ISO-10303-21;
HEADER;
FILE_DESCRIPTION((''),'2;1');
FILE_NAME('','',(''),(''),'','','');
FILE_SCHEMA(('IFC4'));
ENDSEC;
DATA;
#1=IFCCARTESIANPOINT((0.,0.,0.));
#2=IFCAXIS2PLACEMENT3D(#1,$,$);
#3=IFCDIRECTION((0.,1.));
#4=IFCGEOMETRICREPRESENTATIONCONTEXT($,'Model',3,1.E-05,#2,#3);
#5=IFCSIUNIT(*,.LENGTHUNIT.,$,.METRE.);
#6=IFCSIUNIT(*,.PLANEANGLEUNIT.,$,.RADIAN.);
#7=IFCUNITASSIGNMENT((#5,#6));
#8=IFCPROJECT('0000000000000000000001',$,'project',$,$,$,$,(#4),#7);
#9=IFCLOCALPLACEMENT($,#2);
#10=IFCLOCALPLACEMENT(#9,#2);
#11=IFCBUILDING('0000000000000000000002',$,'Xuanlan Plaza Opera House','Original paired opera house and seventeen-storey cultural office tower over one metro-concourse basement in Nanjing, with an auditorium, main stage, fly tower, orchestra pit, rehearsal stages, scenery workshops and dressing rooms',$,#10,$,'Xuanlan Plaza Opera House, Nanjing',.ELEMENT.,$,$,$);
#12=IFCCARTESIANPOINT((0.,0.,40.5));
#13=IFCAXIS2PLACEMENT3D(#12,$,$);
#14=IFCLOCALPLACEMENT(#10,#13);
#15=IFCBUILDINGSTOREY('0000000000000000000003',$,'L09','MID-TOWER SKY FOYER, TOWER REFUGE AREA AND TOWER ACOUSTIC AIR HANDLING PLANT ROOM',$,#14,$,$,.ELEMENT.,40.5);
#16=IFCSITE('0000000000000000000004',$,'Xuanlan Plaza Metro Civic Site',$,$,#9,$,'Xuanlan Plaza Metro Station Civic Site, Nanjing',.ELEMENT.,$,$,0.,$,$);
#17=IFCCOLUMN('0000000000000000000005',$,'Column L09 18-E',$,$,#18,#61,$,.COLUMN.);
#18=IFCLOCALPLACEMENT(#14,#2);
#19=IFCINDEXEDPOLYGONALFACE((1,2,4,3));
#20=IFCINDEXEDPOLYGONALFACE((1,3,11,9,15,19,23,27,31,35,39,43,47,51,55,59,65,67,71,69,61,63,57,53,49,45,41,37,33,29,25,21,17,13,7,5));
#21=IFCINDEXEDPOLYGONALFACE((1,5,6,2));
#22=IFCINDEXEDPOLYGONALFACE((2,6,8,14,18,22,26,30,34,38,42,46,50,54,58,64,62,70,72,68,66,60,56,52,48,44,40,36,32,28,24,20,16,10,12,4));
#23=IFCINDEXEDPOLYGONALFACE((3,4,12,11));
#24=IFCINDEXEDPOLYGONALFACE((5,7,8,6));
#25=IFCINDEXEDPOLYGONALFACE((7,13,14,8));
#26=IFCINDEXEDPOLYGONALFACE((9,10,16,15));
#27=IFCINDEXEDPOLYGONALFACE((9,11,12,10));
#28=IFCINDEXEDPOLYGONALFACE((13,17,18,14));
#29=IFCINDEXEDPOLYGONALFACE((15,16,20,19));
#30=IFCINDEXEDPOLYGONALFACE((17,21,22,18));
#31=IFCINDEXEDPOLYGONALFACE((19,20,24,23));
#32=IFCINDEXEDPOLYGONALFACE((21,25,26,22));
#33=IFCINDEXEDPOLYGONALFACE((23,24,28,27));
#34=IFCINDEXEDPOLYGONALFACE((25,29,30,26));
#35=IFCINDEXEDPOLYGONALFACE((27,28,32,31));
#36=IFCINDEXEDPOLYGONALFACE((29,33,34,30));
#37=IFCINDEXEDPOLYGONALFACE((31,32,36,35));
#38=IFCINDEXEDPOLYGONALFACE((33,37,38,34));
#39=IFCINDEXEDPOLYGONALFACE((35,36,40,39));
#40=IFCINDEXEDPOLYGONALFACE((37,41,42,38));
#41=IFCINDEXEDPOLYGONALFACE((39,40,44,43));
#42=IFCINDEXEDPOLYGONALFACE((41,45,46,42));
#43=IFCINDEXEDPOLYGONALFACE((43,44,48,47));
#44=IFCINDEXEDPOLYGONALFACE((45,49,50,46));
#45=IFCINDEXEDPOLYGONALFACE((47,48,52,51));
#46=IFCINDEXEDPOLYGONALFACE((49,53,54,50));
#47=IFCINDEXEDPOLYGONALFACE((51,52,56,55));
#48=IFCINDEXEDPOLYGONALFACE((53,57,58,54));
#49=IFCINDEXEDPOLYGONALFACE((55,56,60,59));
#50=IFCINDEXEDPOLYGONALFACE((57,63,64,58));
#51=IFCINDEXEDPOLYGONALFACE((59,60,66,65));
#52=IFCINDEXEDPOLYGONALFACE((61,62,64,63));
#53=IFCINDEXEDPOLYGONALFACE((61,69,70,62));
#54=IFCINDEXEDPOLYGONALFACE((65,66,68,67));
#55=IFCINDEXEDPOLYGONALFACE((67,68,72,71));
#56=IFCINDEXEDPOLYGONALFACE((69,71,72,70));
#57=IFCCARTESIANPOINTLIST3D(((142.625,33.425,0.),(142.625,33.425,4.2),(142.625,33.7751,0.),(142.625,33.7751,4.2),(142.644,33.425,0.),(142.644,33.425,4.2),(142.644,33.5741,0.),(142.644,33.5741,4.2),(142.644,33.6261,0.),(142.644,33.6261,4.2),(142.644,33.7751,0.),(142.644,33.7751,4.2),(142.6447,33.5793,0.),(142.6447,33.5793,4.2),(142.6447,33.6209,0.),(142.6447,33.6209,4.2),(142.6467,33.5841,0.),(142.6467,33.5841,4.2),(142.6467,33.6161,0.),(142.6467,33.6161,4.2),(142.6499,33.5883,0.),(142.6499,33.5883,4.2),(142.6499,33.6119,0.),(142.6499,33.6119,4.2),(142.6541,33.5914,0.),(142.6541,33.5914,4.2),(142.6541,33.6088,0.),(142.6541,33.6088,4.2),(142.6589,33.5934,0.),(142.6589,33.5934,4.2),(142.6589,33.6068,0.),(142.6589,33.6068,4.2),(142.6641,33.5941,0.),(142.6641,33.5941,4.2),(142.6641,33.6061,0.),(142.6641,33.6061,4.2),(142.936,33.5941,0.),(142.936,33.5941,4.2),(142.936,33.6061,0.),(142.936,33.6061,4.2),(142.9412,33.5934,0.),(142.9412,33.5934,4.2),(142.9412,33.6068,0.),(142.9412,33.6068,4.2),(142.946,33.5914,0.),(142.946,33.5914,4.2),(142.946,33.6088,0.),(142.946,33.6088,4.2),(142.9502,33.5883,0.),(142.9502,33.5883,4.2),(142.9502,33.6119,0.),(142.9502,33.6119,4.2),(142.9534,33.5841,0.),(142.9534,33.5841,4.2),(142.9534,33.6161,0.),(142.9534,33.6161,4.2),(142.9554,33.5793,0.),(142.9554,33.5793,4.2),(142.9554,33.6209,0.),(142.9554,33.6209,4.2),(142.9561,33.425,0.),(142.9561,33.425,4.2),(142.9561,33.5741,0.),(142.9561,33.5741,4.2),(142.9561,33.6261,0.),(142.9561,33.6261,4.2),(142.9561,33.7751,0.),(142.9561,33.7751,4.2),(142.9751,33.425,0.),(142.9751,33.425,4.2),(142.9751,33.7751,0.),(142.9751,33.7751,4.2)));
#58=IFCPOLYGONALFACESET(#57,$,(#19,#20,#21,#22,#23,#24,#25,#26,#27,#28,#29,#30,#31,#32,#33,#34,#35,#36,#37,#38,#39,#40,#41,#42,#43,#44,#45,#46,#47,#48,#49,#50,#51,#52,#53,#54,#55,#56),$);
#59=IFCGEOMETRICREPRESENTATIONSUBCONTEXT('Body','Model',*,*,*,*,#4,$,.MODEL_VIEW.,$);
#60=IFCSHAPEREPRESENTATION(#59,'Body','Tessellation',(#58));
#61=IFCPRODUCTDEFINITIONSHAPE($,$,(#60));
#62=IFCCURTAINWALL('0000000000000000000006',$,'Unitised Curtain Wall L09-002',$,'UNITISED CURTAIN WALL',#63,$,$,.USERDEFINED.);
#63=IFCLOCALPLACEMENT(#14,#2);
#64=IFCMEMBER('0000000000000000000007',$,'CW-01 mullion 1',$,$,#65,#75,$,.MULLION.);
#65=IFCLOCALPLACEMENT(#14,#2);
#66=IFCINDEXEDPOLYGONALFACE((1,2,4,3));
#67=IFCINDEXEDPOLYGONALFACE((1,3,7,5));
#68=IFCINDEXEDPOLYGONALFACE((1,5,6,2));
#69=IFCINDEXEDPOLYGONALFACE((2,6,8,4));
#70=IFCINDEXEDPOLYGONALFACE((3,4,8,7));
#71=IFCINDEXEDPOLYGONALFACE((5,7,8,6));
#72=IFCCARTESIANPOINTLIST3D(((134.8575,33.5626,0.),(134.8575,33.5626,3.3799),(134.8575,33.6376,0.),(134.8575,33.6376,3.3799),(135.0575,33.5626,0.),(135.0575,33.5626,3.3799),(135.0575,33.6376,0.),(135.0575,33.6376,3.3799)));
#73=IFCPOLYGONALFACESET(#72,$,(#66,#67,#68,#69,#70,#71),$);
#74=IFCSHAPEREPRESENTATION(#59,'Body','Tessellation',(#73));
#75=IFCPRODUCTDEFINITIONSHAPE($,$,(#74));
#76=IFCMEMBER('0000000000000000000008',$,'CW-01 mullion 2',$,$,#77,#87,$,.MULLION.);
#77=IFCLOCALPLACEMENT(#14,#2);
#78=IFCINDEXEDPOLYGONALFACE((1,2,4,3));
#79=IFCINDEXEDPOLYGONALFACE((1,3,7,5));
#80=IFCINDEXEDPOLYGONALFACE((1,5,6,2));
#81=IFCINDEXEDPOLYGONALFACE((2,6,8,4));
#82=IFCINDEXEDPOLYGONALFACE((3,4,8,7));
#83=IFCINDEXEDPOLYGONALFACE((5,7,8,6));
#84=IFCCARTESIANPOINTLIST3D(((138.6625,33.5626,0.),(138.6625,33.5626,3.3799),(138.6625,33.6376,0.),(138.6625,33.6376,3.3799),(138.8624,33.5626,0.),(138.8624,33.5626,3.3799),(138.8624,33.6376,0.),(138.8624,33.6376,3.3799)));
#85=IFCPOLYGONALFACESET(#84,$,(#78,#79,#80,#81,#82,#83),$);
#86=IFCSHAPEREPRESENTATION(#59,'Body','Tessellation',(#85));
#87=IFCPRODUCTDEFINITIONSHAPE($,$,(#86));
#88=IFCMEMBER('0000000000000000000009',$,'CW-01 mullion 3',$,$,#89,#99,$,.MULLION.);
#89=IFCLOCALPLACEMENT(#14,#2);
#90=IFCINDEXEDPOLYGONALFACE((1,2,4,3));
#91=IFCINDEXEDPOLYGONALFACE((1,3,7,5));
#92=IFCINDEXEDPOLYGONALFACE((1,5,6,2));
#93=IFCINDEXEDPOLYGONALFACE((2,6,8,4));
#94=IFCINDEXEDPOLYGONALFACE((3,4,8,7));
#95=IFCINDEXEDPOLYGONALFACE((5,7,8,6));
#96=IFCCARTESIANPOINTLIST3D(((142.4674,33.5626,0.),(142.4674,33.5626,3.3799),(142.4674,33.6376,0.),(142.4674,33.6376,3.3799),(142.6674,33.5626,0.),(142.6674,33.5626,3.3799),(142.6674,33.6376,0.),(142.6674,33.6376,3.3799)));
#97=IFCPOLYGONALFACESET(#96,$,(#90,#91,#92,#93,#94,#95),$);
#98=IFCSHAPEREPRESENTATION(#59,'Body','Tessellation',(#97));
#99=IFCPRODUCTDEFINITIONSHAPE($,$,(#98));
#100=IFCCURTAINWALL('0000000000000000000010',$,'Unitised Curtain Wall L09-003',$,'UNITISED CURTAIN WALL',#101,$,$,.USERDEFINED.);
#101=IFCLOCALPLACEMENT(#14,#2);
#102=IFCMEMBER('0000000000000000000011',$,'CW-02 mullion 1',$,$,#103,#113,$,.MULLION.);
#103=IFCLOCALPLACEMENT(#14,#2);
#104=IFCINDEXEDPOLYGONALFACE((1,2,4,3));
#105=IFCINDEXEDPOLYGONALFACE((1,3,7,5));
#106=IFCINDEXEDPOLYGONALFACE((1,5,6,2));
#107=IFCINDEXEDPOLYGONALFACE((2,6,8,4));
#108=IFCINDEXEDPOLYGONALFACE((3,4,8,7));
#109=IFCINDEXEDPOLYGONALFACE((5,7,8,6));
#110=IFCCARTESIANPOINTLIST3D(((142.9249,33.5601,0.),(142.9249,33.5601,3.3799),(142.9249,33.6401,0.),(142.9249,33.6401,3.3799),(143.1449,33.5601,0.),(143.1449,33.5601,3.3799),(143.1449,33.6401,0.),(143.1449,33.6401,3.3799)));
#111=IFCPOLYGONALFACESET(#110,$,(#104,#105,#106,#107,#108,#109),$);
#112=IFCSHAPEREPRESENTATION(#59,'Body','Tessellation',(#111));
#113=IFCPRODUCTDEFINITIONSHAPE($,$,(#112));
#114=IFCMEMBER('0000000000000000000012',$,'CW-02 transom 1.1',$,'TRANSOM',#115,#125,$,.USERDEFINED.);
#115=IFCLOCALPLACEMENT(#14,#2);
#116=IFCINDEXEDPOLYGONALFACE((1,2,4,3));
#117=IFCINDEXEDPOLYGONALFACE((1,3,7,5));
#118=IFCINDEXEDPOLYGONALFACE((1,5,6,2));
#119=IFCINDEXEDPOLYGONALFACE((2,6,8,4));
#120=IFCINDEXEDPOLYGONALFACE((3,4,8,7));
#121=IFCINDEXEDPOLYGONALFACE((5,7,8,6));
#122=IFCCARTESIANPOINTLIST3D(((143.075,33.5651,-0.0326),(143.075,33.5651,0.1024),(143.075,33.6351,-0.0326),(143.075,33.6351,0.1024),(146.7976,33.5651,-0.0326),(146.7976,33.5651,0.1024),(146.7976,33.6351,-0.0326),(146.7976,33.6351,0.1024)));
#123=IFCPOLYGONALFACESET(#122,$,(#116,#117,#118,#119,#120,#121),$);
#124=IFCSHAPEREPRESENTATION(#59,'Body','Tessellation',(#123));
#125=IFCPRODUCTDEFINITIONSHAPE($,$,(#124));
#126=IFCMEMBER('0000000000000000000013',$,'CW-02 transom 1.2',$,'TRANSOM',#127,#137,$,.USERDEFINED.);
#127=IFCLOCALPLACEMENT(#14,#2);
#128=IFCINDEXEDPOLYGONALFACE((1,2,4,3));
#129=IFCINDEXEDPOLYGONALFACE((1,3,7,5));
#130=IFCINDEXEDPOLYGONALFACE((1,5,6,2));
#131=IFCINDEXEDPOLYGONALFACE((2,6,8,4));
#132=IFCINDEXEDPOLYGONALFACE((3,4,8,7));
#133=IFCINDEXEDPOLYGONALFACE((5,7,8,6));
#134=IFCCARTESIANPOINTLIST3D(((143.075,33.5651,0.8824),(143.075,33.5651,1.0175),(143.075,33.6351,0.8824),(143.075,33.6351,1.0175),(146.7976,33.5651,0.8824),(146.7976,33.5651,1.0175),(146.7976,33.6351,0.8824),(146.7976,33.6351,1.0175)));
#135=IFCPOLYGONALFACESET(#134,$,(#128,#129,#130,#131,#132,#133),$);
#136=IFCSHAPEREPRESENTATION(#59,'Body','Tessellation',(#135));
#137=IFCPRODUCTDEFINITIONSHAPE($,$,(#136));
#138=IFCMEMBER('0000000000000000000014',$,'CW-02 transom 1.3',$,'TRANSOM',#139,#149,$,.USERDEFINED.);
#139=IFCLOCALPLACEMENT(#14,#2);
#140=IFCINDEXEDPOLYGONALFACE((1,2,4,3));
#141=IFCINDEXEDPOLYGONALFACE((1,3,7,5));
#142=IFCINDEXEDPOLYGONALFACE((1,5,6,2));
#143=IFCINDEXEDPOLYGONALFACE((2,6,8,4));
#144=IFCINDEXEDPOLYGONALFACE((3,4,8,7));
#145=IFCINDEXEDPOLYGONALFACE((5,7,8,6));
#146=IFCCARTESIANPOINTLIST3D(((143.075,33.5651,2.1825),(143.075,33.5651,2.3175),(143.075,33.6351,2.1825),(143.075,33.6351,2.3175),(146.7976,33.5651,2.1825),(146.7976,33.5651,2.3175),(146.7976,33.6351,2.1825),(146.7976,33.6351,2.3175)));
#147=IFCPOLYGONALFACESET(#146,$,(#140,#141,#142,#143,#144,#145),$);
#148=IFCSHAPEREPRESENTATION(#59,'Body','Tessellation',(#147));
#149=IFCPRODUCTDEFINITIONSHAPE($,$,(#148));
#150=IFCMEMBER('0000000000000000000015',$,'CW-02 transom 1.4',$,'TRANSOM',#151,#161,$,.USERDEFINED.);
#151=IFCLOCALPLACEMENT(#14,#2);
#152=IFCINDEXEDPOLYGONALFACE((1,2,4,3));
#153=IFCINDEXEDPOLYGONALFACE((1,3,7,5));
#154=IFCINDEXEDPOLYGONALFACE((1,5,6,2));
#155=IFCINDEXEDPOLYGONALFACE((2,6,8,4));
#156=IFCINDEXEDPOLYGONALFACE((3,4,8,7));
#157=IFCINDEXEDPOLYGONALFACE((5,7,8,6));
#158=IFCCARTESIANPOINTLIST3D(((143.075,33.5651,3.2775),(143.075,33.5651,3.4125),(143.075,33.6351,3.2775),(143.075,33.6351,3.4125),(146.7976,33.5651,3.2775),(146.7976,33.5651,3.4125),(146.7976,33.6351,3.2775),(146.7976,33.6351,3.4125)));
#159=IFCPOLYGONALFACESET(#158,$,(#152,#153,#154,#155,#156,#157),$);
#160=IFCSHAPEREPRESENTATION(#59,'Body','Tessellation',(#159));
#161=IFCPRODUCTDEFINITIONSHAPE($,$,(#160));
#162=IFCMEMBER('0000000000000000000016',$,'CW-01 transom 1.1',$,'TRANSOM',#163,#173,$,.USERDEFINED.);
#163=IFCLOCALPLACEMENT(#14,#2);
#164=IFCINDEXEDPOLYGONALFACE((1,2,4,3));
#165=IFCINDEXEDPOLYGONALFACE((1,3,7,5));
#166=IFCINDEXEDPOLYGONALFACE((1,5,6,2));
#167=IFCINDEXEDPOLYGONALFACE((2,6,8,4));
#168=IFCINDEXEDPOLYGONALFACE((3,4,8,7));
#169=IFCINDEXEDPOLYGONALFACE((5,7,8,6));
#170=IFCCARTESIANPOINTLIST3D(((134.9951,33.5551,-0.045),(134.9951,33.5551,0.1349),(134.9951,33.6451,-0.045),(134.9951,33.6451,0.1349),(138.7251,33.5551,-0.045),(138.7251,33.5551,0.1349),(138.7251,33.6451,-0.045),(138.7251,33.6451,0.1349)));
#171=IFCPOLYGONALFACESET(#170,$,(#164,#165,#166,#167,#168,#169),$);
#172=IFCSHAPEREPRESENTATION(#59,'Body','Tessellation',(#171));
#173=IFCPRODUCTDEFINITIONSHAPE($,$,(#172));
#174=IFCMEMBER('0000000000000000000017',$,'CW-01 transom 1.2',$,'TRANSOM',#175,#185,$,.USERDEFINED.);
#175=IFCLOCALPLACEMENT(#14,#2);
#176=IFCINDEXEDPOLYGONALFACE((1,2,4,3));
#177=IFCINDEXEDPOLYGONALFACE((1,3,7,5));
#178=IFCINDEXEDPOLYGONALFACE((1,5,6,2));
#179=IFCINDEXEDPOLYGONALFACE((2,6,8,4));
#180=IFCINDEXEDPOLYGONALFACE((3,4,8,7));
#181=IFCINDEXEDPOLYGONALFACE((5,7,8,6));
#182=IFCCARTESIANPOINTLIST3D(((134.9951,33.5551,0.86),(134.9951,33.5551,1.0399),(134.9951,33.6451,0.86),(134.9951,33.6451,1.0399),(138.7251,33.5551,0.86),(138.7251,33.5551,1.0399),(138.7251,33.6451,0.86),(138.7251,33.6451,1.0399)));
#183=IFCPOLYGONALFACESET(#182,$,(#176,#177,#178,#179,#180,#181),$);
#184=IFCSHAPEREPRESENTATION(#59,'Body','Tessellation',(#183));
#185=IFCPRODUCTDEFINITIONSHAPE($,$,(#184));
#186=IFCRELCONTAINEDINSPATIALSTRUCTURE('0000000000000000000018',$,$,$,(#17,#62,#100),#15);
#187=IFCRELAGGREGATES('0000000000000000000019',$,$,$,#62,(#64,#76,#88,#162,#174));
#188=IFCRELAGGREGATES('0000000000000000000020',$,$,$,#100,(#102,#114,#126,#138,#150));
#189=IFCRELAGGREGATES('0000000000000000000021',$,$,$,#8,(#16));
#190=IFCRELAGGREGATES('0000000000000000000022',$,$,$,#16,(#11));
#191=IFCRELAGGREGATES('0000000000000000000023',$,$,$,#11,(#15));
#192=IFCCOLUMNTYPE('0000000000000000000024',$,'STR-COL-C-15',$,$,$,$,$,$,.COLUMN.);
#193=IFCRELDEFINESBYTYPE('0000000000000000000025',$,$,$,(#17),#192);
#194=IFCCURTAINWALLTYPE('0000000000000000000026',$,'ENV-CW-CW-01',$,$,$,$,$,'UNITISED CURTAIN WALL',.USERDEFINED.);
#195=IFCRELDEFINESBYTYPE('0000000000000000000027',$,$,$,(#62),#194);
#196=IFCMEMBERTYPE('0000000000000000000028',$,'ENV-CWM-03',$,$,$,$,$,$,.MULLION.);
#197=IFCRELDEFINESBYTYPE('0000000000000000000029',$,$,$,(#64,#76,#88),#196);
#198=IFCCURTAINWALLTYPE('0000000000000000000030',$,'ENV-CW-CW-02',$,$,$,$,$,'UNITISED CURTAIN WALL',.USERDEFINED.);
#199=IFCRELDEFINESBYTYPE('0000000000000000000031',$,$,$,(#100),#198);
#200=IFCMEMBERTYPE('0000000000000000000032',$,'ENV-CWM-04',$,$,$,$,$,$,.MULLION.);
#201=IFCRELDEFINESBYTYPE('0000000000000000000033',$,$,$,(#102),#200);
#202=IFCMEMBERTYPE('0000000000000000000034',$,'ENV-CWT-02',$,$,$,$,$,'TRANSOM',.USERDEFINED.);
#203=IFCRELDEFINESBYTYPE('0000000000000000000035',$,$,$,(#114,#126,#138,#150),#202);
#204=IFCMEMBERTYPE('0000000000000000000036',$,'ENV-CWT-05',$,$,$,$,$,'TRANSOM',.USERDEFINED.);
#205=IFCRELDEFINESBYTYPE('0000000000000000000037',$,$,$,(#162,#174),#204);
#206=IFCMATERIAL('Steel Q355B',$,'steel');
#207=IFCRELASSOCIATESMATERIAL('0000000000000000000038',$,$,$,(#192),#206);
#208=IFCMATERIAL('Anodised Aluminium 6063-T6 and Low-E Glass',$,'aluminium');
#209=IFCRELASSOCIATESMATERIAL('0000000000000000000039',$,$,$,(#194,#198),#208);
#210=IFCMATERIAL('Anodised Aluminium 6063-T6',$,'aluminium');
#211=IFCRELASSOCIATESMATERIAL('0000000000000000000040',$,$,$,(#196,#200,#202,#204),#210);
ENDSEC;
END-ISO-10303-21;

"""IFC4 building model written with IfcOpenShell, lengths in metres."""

from ifc_helpers import new_model, si_unit, direction, frame, origin, origin_2d, place, context, subcontext, project, spatial, rectangle, i_section, extrude, material, material_profile, profile_set, type_object, element, aggregate, save


model = new_model("IFC4")

# Units and contexts
model_context = context("Model", 3, precision=1e-05, world=origin(), true_north=direction((0.0, 1.0)))
body_context = subcontext(model_context, "Body", "Model", "MODEL_VIEW")
ifc_project = project(units=[si_unit("LENGTHUNIT", "METRE"), si_unit("PLANEANGLEUNIT", "RADIAN")], contexts=[model_context])

# Site, building, storey
site_placement = place(None, origin())
site = spatial("IfcSite", under=ifc_project, at=site_placement, Name="Xuanlan Plaza Metro Civic Site", LongName="Xuanlan Plaza Metro Station Civic Site, Nanjing", CompositionType="ELEMENT", RefElevation=0.0)
building_placement = place(site_placement, origin())
building = spatial("IfcBuilding", under=site, at=building_placement, Name="Xuanlan Plaza Opera House", Description="Original paired opera house and seventeen-storey cultural office tower over one metro-concourse basement in Nanjing, with an auditorium, main stage, fly tower, orchestra pit, rehearsal stages, scenery workshops and dressing rooms", LongName="Xuanlan Plaza Opera House, Nanjing", CompositionType="ELEMENT")
storey_placement = place(building_placement, frame((0.0, 0.0, 40.5)))
storey = spatial("IfcBuildingStorey", under=building, at=storey_placement, Name="L09", Description="MID-TOWER SKY FOYER, TOWER REFUGE AREA AND TOWER ACOUSTIC AIR HANDLING PLANT ROOM", CompositionType="ELEMENT", Elevation=40.5)

# Column
ifc_material_1 = material(Name="Steel Q355B", Category="steel")
ifc_material_profile_1 = material_profile(ifc_material_1, i_section(OverallWidth=0.3501, OverallDepth=0.3501, WebThickness=0.012, FlangeThickness=0.019, FilletRadius=0.02, at=origin_2d()), Name="HW 350x350x12x19")
ifc_profile_set_1 = profile_set([ifc_material_profile_1], Name="Steel Q355B")
column_type = type_object("IfcColumnType", Name="STR-COL-C-15", PredefinedType="COLUMN", material=ifc_profile_set_1)
column_placement = place(storey_placement, frame((142.8, 33.6001, 0.0), z_axis=(0.0, 0.0, 1.0), x_axis=(0.0, 1.0, 0.0)))
element("IfcColumn", 1, at=column_placement, inside=storey, type_object=column_type, Name="Column L09 18-E", PredefinedType="COLUMN", context=body_context, shape_type="SweptSolid", body=[
    extrude(i_section(OverallWidth=0.3501, OverallDepth=0.3501, WebThickness=0.012, FlangeThickness=0.019, FilletRadius=0.02, at=origin_2d()), origin(), (0.0, 0.0, 1.0), 4.2),
])

# Curtain walls, members
ifc_material_2 = material(Name="Anodised Aluminium 6063-T6 and Low-E Glass", Category="aluminium")
curtain_wall_type_1 = type_object("IfcCurtainWallType", Name="ENV-CW-CW-01", ElementType="UNITISED CURTAIN WALL", PredefinedType="USERDEFINED", material=ifc_material_2)
curtain_wall_1_placement = place(storey_placement, origin())
curtain_wall_1 = element("IfcCurtainWall", 2, at=curtain_wall_1_placement, inside=storey, type_object=curtain_wall_type_1, Name="Unitised Curtain Wall L09-002", ObjectType="UNITISED CURTAIN WALL", PredefinedType="USERDEFINED")
ifc_material_3 = material(Name="Anodised Aluminium 6063-T6", Category="aluminium")
ifc_material_profile_2 = material_profile(ifc_material_3, rectangle(XDim=0.075, YDim=0.2, at=origin_2d()), Name="ALU-M 75x200")
ifc_profile_set_2 = profile_set([ifc_material_profile_2], Name="Anodised Aluminium 6063-T6")
member_type_1 = type_object("IfcMemberType", Name="ENV-CWM-03", PredefinedType="MULLION", material=ifc_profile_set_2)
member_1_placement = place(storey_placement, frame((134.9575, 33.6001, 0.0), z_axis=(0.0, 0.0, 1.0), x_axis=(0.0, 1.0, 0.0)))
member_1 = element("IfcMember", 3, at=member_1_placement, type_object=member_type_1, Name="CW-01 mullion 1", PredefinedType="MULLION", context=body_context, shape_type="SweptSolid", body=[
    extrude(rectangle(XDim=0.075, YDim=0.2, at=origin_2d()), origin(), (0.0, 0.0, 1.0), 3.3799),
])
member_2_placement = place(storey_placement, frame((138.7625, 33.6001, 0.0), z_axis=(0.0, 0.0, 1.0), x_axis=(0.0, 1.0, 0.0)))
member_2 = element("IfcMember", 4, at=member_2_placement, type_object=member_type_1, Name="CW-01 mullion 2", PredefinedType="MULLION", context=body_context, shape_type="SweptSolid", body=[
    extrude(rectangle(XDim=0.075, YDim=0.2, at=origin_2d()), origin(), (0.0, 0.0, 1.0), 3.3799),
])
member_3_placement = place(storey_placement, frame((142.5674, 33.6001, 0.0), z_axis=(0.0, 0.0, 1.0), x_axis=(0.0, 1.0, 0.0)))
member_3 = element("IfcMember", 5, at=member_3_placement, type_object=member_type_1, Name="CW-01 mullion 3", PredefinedType="MULLION", context=body_context, shape_type="SweptSolid", body=[
    extrude(rectangle(XDim=0.075, YDim=0.2, at=origin_2d()), origin(), (0.0, 0.0, 1.0), 3.3799),
])
curtain_wall_type_2 = type_object("IfcCurtainWallType", Name="ENV-CW-CW-02", ElementType="UNITISED CURTAIN WALL", PredefinedType="USERDEFINED", material=ifc_material_2)
curtain_wall_2_placement = place(storey_placement, origin())
curtain_wall_2 = element("IfcCurtainWall", 6, at=curtain_wall_2_placement, inside=storey, type_object=curtain_wall_type_2, Name="Unitised Curtain Wall L09-003", ObjectType="UNITISED CURTAIN WALL", PredefinedType="USERDEFINED")
ifc_material_profile_3 = material_profile(ifc_material_3, rectangle(XDim=0.0801, YDim=0.22, at=origin_2d()), Name="ALU-M 80x220")
ifc_profile_set_3 = profile_set([ifc_material_profile_3], Name="Anodised Aluminium 6063-T6")
member_type_2 = type_object("IfcMemberType", Name="ENV-CWM-04", PredefinedType="MULLION", material=ifc_profile_set_3)
member_4_placement = place(storey_placement, frame((143.0349, 33.6001, 0.0), z_axis=(0.0, 0.0, 1.0), x_axis=(0.0, 1.0, 0.0)))
member_4 = element("IfcMember", 7, at=member_4_placement, type_object=member_type_2, Name="CW-02 mullion 1", PredefinedType="MULLION", context=body_context, shape_type="SweptSolid", body=[
    extrude(rectangle(XDim=0.0801, YDim=0.22, at=origin_2d()), origin(), (0.0, 0.0, 1.0), 3.3799),
])
ifc_material_profile_4 = material_profile(ifc_material_3, rectangle(XDim=0.0701, YDim=0.135, at=origin_2d()), Name="ALU-T 70x135")
ifc_profile_set_4 = profile_set([ifc_material_profile_4], Name="Anodised Aluminium 6063-T6")
member_type_3 = type_object("IfcMemberType", Name="ENV-CWT-02", ElementType="TRANSOM", PredefinedType="USERDEFINED", material=ifc_profile_set_4)
member_5_placement = place(storey_placement, frame((143.075, 33.6001, 0.0349), z_axis=(1.0, 0.0, 0.0), x_axis=(0.0, 1.0, 0.0)))
member_5 = element("IfcMember", 8, at=member_5_placement, type_object=member_type_3, Name="CW-02 transom 1.1", ObjectType="TRANSOM", PredefinedType="USERDEFINED", context=body_context, shape_type="SweptSolid", body=[
    extrude(rectangle(XDim=0.0701, YDim=0.135, at=origin_2d()), origin(), (0.0, 0.0, 1.0), 3.7227),
])
member_6_placement = place(storey_placement, frame((143.075, 33.6001, 0.95), z_axis=(1.0, 0.0, 0.0), x_axis=(0.0, 1.0, 0.0)))
member_6 = element("IfcMember", 9, at=member_6_placement, type_object=member_type_3, Name="CW-02 transom 1.2", ObjectType="TRANSOM", PredefinedType="USERDEFINED", context=body_context, shape_type="SweptSolid", body=[
    extrude(rectangle(XDim=0.0701, YDim=0.135, at=origin_2d()), origin(), (0.0, 0.0, 1.0), 3.7227),
])
member_7_placement = place(storey_placement, frame((143.075, 33.6001, 2.25), z_axis=(1.0, 0.0, 0.0), x_axis=(0.0, 1.0, 0.0)))
member_7 = element("IfcMember", 10, at=member_7_placement, type_object=member_type_3, Name="CW-02 transom 1.3", ObjectType="TRANSOM", PredefinedType="USERDEFINED", context=body_context, shape_type="SweptSolid", body=[
    extrude(rectangle(XDim=0.0701, YDim=0.135, at=origin_2d()), origin(), (0.0, 0.0, 1.0), 3.7227),
])
member_8_placement = place(storey_placement, frame((143.075, 33.6001, 3.345), z_axis=(1.0, 0.0, 0.0), x_axis=(0.0, 1.0, 0.0)))
member_8 = element("IfcMember", 11, at=member_8_placement, type_object=member_type_3, Name="CW-02 transom 1.4", ObjectType="TRANSOM", PredefinedType="USERDEFINED", context=body_context, shape_type="SweptSolid", body=[
    extrude(rectangle(XDim=0.0701, YDim=0.135, at=origin_2d()), origin(), (0.0, 0.0, 1.0), 3.7227),
])

# Members
ifc_material_profile_5 = material_profile(ifc_material_3, rectangle(XDim=0.0901, YDim=0.1799, at=origin_2d()), Name="ALU-T 90x180")
ifc_profile_set_5 = profile_set([ifc_material_profile_5], Name="Anodised Aluminium 6063-T6")
member_type_4 = type_object("IfcMemberType", Name="ENV-CWT-05", ElementType="TRANSOM", PredefinedType="USERDEFINED", material=ifc_profile_set_5)
member_9_placement = place(storey_placement, frame((134.9951, 33.6001, 0.0449), z_axis=(1.0, 0.0, 0.0), x_axis=(0.0, 1.0, 0.0)))
member_9 = element("IfcMember", 12, at=member_9_placement, type_object=member_type_4, Name="CW-01 transom 1.1", ObjectType="TRANSOM", PredefinedType="USERDEFINED", context=body_context, shape_type="SweptSolid", body=[
    extrude(rectangle(XDim=0.0901, YDim=0.1799, at=origin_2d()), origin(), (0.0, 0.0, 1.0), 3.73),
])
member_10_placement = place(storey_placement, frame((134.9951, 33.6001, 0.95), z_axis=(1.0, 0.0, 0.0), x_axis=(0.0, 1.0, 0.0)))
member_10 = element("IfcMember", 13, at=member_10_placement, type_object=member_type_4, Name="CW-01 transom 1.2", ObjectType="TRANSOM", PredefinedType="USERDEFINED", context=body_context, shape_type="SweptSolid", body=[
    extrude(rectangle(XDim=0.0901, YDim=0.1799, at=origin_2d()), origin(), (0.0, 0.0, 1.0), 3.73),
])

aggregate(curtain_wall_1, [member_1, member_2, member_3, member_9, member_10])
aggregate(curtain_wall_2, [member_4, member_5, member_6, member_7, member_8])

save(model, "model.ifc")
